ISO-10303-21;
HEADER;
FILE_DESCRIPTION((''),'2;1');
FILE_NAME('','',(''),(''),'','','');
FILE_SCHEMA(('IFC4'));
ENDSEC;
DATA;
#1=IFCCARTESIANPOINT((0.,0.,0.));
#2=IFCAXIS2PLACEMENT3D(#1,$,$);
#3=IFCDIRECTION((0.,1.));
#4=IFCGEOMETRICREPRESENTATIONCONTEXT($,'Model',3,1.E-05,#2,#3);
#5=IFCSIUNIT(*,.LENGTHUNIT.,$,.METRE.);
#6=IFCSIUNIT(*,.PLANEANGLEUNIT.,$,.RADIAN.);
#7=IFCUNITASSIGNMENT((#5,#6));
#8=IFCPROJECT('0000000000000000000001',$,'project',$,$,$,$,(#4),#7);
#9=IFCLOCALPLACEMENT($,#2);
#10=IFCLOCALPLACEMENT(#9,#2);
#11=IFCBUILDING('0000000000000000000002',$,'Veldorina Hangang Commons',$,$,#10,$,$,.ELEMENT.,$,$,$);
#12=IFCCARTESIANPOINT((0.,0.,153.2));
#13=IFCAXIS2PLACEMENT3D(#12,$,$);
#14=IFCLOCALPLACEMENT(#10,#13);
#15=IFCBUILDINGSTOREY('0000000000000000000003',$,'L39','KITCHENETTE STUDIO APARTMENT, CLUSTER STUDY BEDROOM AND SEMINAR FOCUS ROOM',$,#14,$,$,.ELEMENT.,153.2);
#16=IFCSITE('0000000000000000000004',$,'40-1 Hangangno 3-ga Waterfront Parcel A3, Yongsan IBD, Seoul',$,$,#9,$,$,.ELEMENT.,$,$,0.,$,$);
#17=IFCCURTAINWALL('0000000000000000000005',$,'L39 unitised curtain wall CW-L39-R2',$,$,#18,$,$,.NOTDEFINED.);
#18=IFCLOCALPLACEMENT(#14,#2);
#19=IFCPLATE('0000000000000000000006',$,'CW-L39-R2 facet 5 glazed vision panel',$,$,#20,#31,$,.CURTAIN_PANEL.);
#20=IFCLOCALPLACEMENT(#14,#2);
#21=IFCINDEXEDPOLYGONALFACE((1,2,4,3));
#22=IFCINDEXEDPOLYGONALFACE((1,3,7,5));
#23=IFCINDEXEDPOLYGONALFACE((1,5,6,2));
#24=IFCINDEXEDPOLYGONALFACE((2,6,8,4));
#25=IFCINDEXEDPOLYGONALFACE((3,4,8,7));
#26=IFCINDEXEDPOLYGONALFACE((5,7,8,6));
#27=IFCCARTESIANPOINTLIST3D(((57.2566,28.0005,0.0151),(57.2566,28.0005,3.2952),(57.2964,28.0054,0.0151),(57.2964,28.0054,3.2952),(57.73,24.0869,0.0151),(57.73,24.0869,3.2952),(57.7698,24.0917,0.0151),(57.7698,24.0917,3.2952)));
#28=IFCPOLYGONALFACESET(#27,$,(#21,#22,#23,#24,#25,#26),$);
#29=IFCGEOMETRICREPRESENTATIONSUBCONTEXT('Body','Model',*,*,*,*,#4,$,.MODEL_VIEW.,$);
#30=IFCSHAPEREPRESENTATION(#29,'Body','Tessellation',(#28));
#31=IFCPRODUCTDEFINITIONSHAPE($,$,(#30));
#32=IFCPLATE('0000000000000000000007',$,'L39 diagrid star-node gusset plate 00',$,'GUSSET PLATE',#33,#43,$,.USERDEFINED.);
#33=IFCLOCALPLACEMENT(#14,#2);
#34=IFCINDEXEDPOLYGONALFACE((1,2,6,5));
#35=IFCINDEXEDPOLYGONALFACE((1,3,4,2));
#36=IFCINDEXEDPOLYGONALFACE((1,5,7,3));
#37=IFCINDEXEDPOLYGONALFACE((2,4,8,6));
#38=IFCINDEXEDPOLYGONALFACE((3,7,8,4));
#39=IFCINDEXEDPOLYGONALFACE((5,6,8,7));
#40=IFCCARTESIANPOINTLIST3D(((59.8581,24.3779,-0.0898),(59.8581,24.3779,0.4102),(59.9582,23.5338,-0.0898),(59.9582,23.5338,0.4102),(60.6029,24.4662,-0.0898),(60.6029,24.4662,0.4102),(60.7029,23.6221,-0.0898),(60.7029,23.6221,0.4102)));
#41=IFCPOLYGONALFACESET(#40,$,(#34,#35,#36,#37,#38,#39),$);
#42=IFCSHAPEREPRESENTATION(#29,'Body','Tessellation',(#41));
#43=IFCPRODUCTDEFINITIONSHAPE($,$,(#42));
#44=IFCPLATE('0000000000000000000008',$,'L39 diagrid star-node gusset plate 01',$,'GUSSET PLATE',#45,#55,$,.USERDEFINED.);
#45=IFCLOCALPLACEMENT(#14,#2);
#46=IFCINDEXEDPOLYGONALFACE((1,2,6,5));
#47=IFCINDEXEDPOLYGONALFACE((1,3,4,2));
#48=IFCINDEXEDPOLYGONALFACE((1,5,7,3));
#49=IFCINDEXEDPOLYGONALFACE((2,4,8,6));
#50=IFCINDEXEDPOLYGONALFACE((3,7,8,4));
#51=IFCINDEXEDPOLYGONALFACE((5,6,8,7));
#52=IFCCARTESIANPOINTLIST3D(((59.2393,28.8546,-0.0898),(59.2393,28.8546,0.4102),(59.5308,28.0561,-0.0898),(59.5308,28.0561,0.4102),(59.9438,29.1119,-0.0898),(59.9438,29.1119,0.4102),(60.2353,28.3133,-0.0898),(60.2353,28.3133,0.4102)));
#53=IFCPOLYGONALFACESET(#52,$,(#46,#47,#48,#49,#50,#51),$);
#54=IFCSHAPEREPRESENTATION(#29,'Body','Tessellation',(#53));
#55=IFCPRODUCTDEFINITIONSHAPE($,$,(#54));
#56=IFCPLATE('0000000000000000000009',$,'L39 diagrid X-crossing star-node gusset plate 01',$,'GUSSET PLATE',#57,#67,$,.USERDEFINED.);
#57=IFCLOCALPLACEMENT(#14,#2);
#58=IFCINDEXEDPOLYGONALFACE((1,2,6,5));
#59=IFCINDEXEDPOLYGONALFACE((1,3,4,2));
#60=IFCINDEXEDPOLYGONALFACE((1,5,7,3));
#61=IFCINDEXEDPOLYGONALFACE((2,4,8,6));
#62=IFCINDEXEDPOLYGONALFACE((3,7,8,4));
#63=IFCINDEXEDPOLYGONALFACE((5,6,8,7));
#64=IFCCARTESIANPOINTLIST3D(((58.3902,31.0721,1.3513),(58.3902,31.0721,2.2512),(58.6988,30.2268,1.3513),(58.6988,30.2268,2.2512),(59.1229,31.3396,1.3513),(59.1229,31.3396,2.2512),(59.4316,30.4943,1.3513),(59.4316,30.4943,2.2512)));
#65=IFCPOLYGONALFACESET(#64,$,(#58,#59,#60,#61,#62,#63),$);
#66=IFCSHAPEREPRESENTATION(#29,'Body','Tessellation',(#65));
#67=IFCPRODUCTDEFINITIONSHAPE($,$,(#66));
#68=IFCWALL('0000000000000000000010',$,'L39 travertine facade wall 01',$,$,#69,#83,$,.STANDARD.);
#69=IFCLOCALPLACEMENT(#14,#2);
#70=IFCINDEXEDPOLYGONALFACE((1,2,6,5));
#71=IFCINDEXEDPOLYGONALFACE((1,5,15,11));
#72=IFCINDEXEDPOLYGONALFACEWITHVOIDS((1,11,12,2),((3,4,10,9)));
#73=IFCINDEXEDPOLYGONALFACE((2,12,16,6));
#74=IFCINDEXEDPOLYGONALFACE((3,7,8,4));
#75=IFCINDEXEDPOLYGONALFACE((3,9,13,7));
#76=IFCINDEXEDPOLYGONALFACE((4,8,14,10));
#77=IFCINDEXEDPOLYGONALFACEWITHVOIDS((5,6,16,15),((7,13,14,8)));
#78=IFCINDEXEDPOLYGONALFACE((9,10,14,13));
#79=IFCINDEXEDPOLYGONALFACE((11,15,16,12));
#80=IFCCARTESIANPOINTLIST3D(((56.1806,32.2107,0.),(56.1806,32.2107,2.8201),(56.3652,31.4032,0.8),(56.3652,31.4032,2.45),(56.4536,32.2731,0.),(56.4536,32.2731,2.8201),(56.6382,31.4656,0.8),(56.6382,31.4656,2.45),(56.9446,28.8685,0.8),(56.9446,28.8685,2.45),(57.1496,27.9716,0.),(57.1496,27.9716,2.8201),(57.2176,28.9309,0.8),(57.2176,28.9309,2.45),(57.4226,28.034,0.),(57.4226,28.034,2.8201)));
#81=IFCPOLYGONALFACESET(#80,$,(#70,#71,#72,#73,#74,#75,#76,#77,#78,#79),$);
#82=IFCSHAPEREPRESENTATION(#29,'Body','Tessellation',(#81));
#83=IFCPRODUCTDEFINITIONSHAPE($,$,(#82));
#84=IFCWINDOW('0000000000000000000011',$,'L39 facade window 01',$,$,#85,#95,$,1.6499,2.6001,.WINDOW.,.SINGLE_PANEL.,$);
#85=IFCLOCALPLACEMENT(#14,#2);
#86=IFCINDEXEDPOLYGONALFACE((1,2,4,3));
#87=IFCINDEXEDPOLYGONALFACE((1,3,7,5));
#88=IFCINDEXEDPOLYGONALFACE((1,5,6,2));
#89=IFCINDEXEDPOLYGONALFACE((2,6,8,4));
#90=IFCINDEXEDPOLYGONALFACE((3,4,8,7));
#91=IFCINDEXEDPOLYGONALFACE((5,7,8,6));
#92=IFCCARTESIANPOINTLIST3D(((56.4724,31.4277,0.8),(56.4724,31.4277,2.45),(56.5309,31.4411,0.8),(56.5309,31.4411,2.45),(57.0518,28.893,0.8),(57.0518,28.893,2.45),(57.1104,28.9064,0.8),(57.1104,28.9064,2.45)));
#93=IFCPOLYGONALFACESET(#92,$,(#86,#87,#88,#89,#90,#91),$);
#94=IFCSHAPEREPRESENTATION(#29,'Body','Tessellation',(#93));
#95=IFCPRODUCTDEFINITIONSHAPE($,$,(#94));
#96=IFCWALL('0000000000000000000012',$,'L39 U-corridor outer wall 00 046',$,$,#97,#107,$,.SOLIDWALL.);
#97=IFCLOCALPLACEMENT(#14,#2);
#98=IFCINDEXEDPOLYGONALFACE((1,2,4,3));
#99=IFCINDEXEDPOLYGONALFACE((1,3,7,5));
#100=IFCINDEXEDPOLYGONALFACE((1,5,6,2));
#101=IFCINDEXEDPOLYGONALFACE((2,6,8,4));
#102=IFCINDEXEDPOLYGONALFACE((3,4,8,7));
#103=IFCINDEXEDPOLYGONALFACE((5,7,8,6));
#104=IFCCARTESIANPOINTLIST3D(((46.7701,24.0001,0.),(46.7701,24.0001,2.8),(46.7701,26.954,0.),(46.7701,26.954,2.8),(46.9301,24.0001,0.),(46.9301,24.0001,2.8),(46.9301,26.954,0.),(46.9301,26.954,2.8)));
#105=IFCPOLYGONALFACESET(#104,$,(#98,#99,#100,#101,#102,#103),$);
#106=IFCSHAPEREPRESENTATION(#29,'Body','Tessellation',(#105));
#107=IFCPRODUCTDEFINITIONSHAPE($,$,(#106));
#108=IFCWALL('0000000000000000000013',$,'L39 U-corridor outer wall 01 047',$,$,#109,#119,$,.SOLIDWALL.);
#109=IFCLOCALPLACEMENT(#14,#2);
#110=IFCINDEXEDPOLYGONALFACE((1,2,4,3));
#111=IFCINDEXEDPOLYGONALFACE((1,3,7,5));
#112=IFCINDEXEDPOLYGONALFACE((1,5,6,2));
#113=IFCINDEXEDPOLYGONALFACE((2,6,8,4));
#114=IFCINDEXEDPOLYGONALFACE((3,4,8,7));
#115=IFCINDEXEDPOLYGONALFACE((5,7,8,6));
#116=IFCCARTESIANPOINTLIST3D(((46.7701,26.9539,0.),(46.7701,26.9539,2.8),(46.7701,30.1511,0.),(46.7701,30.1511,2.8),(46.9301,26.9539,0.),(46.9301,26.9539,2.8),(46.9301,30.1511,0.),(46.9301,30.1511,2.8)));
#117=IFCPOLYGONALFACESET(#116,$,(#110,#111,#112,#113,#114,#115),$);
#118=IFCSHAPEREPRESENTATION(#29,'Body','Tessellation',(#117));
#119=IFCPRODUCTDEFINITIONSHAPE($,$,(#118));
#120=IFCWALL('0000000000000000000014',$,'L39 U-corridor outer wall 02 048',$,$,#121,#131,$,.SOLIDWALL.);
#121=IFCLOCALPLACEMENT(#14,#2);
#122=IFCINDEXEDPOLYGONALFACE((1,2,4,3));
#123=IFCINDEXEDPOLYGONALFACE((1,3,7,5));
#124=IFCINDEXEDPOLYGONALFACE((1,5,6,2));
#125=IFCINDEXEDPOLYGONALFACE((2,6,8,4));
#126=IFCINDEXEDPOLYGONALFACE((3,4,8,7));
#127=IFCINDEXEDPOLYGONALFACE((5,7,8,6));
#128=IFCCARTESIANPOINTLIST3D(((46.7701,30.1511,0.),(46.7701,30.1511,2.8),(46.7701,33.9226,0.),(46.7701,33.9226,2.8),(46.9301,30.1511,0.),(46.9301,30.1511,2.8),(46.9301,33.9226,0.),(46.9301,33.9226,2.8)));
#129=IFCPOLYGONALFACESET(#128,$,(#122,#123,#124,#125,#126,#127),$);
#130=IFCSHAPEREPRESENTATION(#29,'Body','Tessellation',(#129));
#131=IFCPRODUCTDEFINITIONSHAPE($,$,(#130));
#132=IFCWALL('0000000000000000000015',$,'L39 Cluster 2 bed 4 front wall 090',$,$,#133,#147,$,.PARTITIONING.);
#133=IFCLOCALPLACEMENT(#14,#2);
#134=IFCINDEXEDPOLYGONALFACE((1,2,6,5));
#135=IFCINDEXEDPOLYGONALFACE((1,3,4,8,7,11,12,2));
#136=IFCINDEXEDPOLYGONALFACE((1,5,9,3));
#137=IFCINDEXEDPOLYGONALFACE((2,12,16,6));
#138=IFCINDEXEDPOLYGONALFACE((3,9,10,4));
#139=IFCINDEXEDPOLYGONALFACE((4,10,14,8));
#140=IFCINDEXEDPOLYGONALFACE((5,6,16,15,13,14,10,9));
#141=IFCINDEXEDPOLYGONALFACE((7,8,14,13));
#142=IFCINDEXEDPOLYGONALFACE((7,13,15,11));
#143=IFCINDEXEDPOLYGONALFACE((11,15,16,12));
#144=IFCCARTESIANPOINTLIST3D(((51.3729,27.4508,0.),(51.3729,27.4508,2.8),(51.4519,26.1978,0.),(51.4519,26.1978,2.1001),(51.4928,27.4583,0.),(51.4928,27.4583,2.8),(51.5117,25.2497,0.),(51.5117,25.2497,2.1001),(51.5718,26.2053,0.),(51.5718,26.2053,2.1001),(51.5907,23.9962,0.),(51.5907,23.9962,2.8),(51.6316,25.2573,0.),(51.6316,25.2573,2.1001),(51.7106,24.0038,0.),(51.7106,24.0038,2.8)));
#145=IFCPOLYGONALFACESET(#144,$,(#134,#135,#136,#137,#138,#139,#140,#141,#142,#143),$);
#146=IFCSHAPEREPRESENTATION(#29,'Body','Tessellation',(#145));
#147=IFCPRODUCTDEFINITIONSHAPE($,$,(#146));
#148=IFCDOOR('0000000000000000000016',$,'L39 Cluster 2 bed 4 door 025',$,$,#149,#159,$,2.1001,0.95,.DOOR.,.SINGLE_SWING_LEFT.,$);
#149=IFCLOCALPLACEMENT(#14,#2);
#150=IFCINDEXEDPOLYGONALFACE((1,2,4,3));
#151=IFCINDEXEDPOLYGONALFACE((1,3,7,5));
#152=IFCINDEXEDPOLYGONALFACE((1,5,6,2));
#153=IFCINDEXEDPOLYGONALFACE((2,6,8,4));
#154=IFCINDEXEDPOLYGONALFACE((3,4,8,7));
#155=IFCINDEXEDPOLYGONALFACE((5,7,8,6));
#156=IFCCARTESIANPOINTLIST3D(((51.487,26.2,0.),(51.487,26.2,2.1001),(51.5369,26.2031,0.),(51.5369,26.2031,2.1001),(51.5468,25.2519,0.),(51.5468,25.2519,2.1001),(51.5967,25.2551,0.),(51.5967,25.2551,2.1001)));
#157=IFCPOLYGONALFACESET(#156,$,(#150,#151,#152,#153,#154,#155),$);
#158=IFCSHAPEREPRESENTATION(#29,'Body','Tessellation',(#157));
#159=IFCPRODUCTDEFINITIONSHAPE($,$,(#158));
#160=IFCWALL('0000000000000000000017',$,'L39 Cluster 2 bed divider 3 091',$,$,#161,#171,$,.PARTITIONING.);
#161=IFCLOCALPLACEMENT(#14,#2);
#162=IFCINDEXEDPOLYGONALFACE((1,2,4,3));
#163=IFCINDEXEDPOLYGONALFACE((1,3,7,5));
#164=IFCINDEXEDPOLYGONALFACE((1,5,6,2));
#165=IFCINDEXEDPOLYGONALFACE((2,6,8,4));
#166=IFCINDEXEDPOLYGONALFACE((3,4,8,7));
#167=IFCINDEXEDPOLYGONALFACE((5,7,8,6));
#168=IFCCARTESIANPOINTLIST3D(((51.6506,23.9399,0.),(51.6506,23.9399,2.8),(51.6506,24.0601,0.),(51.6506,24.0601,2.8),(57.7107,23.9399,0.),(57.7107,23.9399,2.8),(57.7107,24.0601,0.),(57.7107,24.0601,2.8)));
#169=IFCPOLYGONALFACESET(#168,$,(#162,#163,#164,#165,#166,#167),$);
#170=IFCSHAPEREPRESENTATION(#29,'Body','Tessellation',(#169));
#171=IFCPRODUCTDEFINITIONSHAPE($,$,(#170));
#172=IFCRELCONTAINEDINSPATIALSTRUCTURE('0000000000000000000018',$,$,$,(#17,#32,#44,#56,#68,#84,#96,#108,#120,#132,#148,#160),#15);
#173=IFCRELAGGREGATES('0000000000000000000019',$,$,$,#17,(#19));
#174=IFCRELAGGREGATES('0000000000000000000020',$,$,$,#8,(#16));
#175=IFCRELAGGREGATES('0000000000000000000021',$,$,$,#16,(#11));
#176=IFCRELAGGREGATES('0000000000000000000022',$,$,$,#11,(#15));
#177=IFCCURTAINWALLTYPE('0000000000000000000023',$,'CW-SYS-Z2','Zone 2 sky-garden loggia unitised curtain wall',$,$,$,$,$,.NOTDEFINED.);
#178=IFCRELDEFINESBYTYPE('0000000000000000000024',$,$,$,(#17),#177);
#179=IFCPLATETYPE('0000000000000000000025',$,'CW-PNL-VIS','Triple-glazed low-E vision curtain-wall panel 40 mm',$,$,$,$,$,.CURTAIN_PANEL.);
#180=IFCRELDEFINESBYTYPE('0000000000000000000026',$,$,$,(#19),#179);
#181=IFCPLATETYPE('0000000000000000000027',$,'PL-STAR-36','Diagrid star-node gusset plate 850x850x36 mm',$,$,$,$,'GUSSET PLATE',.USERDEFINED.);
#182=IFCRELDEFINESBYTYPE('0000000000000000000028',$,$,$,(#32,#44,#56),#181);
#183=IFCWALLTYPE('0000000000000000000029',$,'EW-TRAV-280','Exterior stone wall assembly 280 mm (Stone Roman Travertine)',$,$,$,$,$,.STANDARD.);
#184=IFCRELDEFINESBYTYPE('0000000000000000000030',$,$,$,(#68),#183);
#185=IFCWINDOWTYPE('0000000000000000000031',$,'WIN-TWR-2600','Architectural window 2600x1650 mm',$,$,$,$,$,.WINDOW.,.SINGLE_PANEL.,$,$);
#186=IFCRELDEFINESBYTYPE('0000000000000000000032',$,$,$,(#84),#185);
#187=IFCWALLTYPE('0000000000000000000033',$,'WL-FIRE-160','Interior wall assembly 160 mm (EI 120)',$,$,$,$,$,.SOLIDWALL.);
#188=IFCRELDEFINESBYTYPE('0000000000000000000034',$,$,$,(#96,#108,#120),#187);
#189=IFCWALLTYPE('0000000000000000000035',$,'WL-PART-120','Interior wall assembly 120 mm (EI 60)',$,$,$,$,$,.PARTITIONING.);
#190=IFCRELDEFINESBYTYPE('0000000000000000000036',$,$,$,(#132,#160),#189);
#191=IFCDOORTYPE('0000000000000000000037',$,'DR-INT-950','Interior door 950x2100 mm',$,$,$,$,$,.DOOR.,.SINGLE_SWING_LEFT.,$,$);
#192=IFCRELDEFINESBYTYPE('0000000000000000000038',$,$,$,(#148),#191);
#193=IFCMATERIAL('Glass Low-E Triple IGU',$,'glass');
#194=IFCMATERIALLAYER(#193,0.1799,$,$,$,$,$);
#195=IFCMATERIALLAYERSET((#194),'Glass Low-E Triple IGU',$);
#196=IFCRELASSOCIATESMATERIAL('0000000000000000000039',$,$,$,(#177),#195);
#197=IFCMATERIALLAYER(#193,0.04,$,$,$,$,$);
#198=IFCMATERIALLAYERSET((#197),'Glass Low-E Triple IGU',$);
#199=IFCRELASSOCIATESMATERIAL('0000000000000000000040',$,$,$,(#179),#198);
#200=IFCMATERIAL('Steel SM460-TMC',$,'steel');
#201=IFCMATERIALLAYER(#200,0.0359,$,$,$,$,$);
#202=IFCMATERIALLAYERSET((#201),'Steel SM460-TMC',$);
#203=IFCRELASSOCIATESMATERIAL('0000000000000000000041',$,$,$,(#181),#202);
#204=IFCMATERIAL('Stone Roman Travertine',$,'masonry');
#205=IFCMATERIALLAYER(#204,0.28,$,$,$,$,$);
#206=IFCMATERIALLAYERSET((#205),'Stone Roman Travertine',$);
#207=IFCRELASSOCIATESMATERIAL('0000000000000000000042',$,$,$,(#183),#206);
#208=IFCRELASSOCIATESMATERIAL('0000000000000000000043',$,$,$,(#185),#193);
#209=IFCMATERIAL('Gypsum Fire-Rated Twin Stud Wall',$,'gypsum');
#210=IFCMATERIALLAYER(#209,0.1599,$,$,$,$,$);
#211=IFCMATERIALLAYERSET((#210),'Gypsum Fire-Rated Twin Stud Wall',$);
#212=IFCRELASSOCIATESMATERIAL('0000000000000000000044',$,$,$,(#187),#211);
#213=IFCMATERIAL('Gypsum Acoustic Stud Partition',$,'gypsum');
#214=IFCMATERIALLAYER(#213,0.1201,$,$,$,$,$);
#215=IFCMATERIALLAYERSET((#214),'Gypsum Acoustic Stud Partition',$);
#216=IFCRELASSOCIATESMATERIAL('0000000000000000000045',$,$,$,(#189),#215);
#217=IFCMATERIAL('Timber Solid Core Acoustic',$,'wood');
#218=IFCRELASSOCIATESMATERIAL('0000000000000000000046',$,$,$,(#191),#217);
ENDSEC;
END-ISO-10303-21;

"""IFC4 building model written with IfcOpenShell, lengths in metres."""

from ifc_helpers import new_model, si_unit, direction, frame, frame_2d, origin, origin_2d, place, context, subcontext, project, spatial, rectangle, extrude, material, layer, layer_set, type_object, element, fill, aggregate, save


model = new_model("IFC4")

# Units and contexts
model_context = context("Model", 3, precision=1e-05, world=origin(), true_north=direction((0.0, 1.0)))
body_context = subcontext(model_context, "Body", "Model", "MODEL_VIEW")
ifc_project = project(units=[si_unit("LENGTHUNIT", "METRE"), si_unit("PLANEANGLEUNIT", "RADIAN")], contexts=[model_context])

# Site, building, storey
site_placement = place(None, origin())
site = spatial("IfcSite", under=ifc_project, at=site_placement, Name="40-1 Hangangno 3-ga Waterfront Parcel A3, Yongsan IBD, Seoul", CompositionType="ELEMENT", RefElevation=0.0)
building_placement = place(site_placement, origin())
building = spatial("IfcBuilding", under=site, at=building_placement, Name="Veldorina Hangang Commons", CompositionType="ELEMENT")
storey_placement = place(building_placement, frame((0.0, 0.0, 153.2)))
storey = spatial("IfcBuildingStorey", under=building, at=storey_placement, Name="L39", Description="KITCHENETTE STUDIO APARTMENT, CLUSTER STUDY BEDROOM AND SEMINAR FOCUS ROOM", CompositionType="ELEMENT", Elevation=153.2)

# Curtain wall
ifc_material_1 = material(Name="Glass Low-E Triple IGU", Category="glass")
ifc_layer_1 = layer(ifc_material_1, 0.1799)
ifc_layer_set_1 = layer_set([ifc_layer_1], Name="Glass Low-E Triple IGU")
curtain_wall_type = type_object("IfcCurtainWallType", Name="CW-SYS-Z2", Description="Zone 2 sky-garden loggia unitised curtain wall", PredefinedType="NOTDEFINED", material=ifc_layer_set_1)
curtain_wall_placement = place(storey_placement, origin())
curtain_wall = element("IfcCurtainWall", 1, at=curtain_wall_placement, inside=storey, type_object=curtain_wall_type, Name="L39 unitised curtain wall CW-L39-R2", PredefinedType="NOTDEFINED")

# Plate
ifc_layer_2 = layer(ifc_material_1, 0.04)
ifc_layer_set_2 = layer_set([ifc_layer_2], Name="Glass Low-E Triple IGU")
plate_type_1 = type_object("IfcPlateType", Name="CW-PNL-VIS", Description="Triple-glazed low-E vision curtain-wall panel 40 mm", PredefinedType="CURTAIN_PANEL", material=ifc_layer_set_2)
plate_1_placement = place(storey_placement, frame((57.5132, 26.0461, 0.0151), z_axis=(0.0, 0.0, 1.0), x_axis=(-0.120085, 0.992764, 0.0)))
plate_1 = element("IfcPlate", 2, at=plate_1_placement, type_object=plate_type_1, Name="CW-L39-R2 facet 5 glazed vision panel", PredefinedType="CURTAIN_PANEL", context=body_context, shape_type="SweptSolid", body=[
    extrude(rectangle(XDim=3.9421, YDim=0.04, at=origin_2d()), origin(), (0.0, 0.0, 1.0), 3.28),
])
aggregate(curtain_wall, [plate_1])

# Plates
ifc_material_2 = material(Name="Steel SM460-TMC", Category="steel")
ifc_layer_3 = layer(ifc_material_2, 0.0359)
ifc_layer_set_3 = layer_set([ifc_layer_3], Name="Steel SM460-TMC")
plate_type_2 = type_object("IfcPlateType", Name="PL-STAR-36", Description="Diagrid star-node gusset plate 850x850x36 mm", ElementType="GUSSET PLATE", PredefinedType="USERDEFINED", material=ifc_layer_set_3)
for number, where, z_axis, x_axis, name in (
    (3, (60.2805, 24.0, -0.0898), (0.0, 0.0, 1.0), (-0.117728, 0.993046, 0.0), "L39 diagrid star-node gusset plate 00"),
    (4, (59.7373, 28.584, -0.0898), (0.0, 0.0, 1.0), (-0.342955, 0.939352, 0.0), "L39 diagrid star-node gusset plate 01"),
):
    element("IfcPlate", number, at=place(storey_placement, frame(where, z_axis=z_axis, x_axis=x_axis)), inside=storey, type_object=plate_type_2, Name=name, ObjectType="GUSSET PLATE", PredefinedType="USERDEFINED", context=body_context, shape_type="SweptSolid", body=[
        extrude(rectangle(XDim=0.8501, YDim=0.75, at=origin_2d()), origin(), (0.0, 0.0, 1.0), 0.5),
    ])
plate_2_placement = place(storey_placement, frame((58.9109, 30.7832, 1.3513), z_axis=(0.0, 0.0, 1.0), x_axis=(-0.342955, 0.939352, 0.0)))
element("IfcPlate", 5, at=plate_2_placement, inside=storey, type_object=plate_type_2, Name="L39 diagrid X-crossing star-node gusset plate 01", ObjectType="GUSSET PLATE", PredefinedType="USERDEFINED", context=body_context, shape_type="SweptSolid", body=[
    extrude(rectangle(XDim=0.8999, YDim=0.78, at=origin_2d()), origin(), (0.0, 0.0, 1.0), 0.8999),
])

# Wall, opening, window
ifc_material_3 = material(Name="Stone Roman Travertine", Category="masonry")
ifc_layer_4 = layer(ifc_material_3, 0.28)
ifc_layer_set_4 = layer_set([ifc_layer_4], Name="Stone Roman Travertine")
wall_type_1 = type_object("IfcWallType", Name="EW-TRAV-280", Description="Exterior stone wall assembly 280 mm (Stone Roman Travertine)", PredefinedType="STANDARD", material=ifc_layer_set_4)
wall_1_placement = place(storey_placement, frame((57.2861, 28.0027, 0.0), z_axis=(0.0, 0.0, 1.0), x_axis=(-0.222842, 0.974855, 0.0)))
wall_1 = element("IfcWall", 6, at=wall_1_placement, inside=storey, type_object=wall_type_1, Name="L39 travertine facade wall 01", PredefinedType="STANDARD", context=body_context, shape_type="SweptSolid", body=[
    extrude(rectangle(XDim=4.3484, YDim=0.28, at=frame_2d((2.1743, 0.0))), origin(), (0.0, 0.0, 1.0), 2.8201),
])
opening_1_placement = place(wall_1_placement, frame((0.9202, 0.0, 0.8)))
opening_1 = element("IfcOpeningElement", 7, at=opening_1_placement, cuts=wall_1, PredefinedType="OPENING", context=body_context, shape_type="SweptSolid", body=[
    extrude(rectangle(XDim=2.6001, YDim=1.6499, at=frame_2d((1.3, 0.825))), frame((0.0, 0.1499, 0.0), z_axis=(0.0, -1.0, 0.0), x_axis=(1.0, 0.0, 0.0)), (0.0, 0.0, 1.0), 0.3),
])
window_type = type_object("IfcWindowType", Name="WIN-TWR-2600", Description="Architectural window 2600x1650 mm", PartitioningType="SINGLE_PANEL", PredefinedType="WINDOW", material=ifc_material_1)
window_placement = place(opening_1_placement, origin())
window = element("IfcWindow", 8, at=window_placement, inside=storey, type_object=window_type, Name="L39 facade window 01", OverallHeight=1.6499, OverallWidth=2.6001, PartitioningType="SINGLE_PANEL", PredefinedType="WINDOW", context=body_context, shape_type="SweptSolid", body=[
    extrude(rectangle(XDim=2.6001, YDim=1.6499, at=frame_2d((1.3, 0.825))), frame((0.0, 0.03, 0.0), z_axis=(0.0, -1.0, 0.0), x_axis=(1.0, 0.0, 0.0)), (0.0, 0.0, 1.0), 0.0601),
])
fill(opening_1, window)

# Walls
ifc_material_4 = material(Name="Gypsum Fire-Rated Twin Stud Wall", Category="gypsum")
ifc_layer_5 = layer(ifc_material_4, 0.1599)
ifc_layer_set_5 = layer_set([ifc_layer_5], Name="Gypsum Fire-Rated Twin Stud Wall")
wall_type_2 = type_object("IfcWallType", Name="WL-FIRE-160", Description="Interior wall assembly 160 mm (EI 120)", PredefinedType="SOLIDWALL", material=ifc_layer_set_5)
wall_2_placement = place(storey_placement, frame((46.8501, 24.0, 0.0), z_axis=(0.0, 0.0, 1.0), x_axis=(0.0, 1.0, 0.0)))
element("IfcWall", 9, at=wall_2_placement, inside=storey, type_object=wall_type_2, Name="L39 U-corridor outer wall 00 046", PredefinedType="SOLIDWALL", context=body_context, shape_type="SweptSolid", body=[
    extrude(rectangle(XDim=2.9539, YDim=0.1599, at=frame_2d((1.4771, 0.0))), origin(), (0.0, 0.0, 1.0), 2.8),
])
wall_3_placement = place(storey_placement, frame((46.8501, 26.9539, 0.0), z_axis=(0.0, 0.0, 1.0), x_axis=(0.0, 1.0, 0.0)))
element("IfcWall", 10, at=wall_3_placement, inside=storey, type_object=wall_type_2, Name="L39 U-corridor outer wall 01 047", PredefinedType="SOLIDWALL", context=body_context, shape_type="SweptSolid", body=[
    extrude(rectangle(XDim=3.1973, YDim=0.1599, at=frame_2d((1.5986, 0.0))), origin(), (0.0, 0.0, 1.0), 2.8),
])
wall_4_placement = place(storey_placement, frame((46.8501, 30.1511, 0.0), z_axis=(0.0, 0.0, 1.0), x_axis=(0.0, 1.0, 0.0)))
element("IfcWall", 11, at=wall_4_placement, inside=storey, type_object=wall_type_2, Name="L39 U-corridor outer wall 02 048", PredefinedType="SOLIDWALL", context=body_context, shape_type="SweptSolid", body=[
    extrude(rectangle(XDim=3.7715, YDim=0.1599, at=frame_2d((1.8857, 0.0))), origin(), (0.0, 0.0, 1.0), 2.8),
])

# Wall, opening, door
ifc_material_5 = material(Name="Gypsum Acoustic Stud Partition", Category="gypsum")
ifc_layer_6 = layer(ifc_material_5, 0.1201)
ifc_layer_set_6 = layer_set([ifc_layer_6], Name="Gypsum Acoustic Stud Partition")
wall_type_3 = type_object("IfcWallType", Name="WL-PART-120", Description="Interior wall assembly 120 mm (EI 60)", PredefinedType="PARTITIONING", material=ifc_layer_set_6)
wall_5_placement = place(storey_placement, frame((51.6506, 24.0, 0.0), z_axis=(0.0, 0.0, 1.0), x_axis=(-0.062914, 0.998019, 0.0)))
wall_5 = element("IfcWall", 12, at=wall_5_placement, inside=storey, type_object=wall_type_3, Name="L39 Cluster 2 bed 4 front wall 090", PredefinedType="PARTITIONING", context=body_context, shape_type="SweptSolid", body=[
    extrude(rectangle(XDim=3.4614, YDim=0.1201, at=frame_2d((1.7307, 0.0))), origin(), (0.0, 0.0, 1.0), 2.8),
])
opening_2_placement = place(wall_5_placement, frame((1.2559, 0.0, 0.0)))
opening_2 = element("IfcOpeningElement", 13, at=opening_2_placement, cuts=wall_5, PredefinedType="OPENING", context=body_context, shape_type="SweptSolid", body=[
    extrude(rectangle(XDim=0.95, YDim=2.1001, at=frame_2d((0.4751, 1.05))), frame((0.0, 0.0701, 0.0), z_axis=(0.0, -1.0, 0.0), x_axis=(1.0, 0.0, 0.0)), (0.0, 0.0, 1.0), 0.1401),
])
ifc_material_6 = material(Name="Timber Solid Core Acoustic", Category="wood")
door_type = type_object("IfcDoorType", Name="DR-INT-950", Description="Interior door 950x2100 mm", OperationType="SINGLE_SWING_LEFT", PredefinedType="DOOR", material=ifc_material_6)
door_1_placement = place(opening_2_placement, origin())
door_1 = element("IfcDoor", 14, at=door_1_placement, inside=storey, type_object=door_type, Name="L39 Cluster 2 bed 4 door 025", OperationType="SINGLE_SWING_LEFT", OverallHeight=2.1001, OverallWidth=0.95, PredefinedType="DOOR", context=body_context, shape_type="SweptSolid", body=[
    extrude(rectangle(XDim=0.95, YDim=2.1001, at=frame_2d((0.4751, 1.05))), frame((0.0, 0.0249, 0.0), z_axis=(0.0, -1.0, 0.0), x_axis=(1.0, 0.0, 0.0)), (0.0, 0.0, 1.0), 0.05),
])
fill(opening_2, door_1)

# Wall
wall_6_placement = place(storey_placement, frame((51.6506, 24.0, 0.0), z_axis=(0.0, 0.0, 1.0), x_axis=(1.0, 0.0, 0.0)))
element("IfcWall", 15, at=wall_6_placement, inside=storey, type_object=wall_type_3, Name="L39 Cluster 2 bed divider 3 091", PredefinedType="PARTITIONING", context=body_context, shape_type="SweptSolid", body=[
    extrude(rectangle(XDim=6.0601, YDim=0.1201, at=frame_2d((3.03, 0.0))), origin(), (0.0, 0.0, 1.0), 2.8),
])

save(model, "model.ifc")
